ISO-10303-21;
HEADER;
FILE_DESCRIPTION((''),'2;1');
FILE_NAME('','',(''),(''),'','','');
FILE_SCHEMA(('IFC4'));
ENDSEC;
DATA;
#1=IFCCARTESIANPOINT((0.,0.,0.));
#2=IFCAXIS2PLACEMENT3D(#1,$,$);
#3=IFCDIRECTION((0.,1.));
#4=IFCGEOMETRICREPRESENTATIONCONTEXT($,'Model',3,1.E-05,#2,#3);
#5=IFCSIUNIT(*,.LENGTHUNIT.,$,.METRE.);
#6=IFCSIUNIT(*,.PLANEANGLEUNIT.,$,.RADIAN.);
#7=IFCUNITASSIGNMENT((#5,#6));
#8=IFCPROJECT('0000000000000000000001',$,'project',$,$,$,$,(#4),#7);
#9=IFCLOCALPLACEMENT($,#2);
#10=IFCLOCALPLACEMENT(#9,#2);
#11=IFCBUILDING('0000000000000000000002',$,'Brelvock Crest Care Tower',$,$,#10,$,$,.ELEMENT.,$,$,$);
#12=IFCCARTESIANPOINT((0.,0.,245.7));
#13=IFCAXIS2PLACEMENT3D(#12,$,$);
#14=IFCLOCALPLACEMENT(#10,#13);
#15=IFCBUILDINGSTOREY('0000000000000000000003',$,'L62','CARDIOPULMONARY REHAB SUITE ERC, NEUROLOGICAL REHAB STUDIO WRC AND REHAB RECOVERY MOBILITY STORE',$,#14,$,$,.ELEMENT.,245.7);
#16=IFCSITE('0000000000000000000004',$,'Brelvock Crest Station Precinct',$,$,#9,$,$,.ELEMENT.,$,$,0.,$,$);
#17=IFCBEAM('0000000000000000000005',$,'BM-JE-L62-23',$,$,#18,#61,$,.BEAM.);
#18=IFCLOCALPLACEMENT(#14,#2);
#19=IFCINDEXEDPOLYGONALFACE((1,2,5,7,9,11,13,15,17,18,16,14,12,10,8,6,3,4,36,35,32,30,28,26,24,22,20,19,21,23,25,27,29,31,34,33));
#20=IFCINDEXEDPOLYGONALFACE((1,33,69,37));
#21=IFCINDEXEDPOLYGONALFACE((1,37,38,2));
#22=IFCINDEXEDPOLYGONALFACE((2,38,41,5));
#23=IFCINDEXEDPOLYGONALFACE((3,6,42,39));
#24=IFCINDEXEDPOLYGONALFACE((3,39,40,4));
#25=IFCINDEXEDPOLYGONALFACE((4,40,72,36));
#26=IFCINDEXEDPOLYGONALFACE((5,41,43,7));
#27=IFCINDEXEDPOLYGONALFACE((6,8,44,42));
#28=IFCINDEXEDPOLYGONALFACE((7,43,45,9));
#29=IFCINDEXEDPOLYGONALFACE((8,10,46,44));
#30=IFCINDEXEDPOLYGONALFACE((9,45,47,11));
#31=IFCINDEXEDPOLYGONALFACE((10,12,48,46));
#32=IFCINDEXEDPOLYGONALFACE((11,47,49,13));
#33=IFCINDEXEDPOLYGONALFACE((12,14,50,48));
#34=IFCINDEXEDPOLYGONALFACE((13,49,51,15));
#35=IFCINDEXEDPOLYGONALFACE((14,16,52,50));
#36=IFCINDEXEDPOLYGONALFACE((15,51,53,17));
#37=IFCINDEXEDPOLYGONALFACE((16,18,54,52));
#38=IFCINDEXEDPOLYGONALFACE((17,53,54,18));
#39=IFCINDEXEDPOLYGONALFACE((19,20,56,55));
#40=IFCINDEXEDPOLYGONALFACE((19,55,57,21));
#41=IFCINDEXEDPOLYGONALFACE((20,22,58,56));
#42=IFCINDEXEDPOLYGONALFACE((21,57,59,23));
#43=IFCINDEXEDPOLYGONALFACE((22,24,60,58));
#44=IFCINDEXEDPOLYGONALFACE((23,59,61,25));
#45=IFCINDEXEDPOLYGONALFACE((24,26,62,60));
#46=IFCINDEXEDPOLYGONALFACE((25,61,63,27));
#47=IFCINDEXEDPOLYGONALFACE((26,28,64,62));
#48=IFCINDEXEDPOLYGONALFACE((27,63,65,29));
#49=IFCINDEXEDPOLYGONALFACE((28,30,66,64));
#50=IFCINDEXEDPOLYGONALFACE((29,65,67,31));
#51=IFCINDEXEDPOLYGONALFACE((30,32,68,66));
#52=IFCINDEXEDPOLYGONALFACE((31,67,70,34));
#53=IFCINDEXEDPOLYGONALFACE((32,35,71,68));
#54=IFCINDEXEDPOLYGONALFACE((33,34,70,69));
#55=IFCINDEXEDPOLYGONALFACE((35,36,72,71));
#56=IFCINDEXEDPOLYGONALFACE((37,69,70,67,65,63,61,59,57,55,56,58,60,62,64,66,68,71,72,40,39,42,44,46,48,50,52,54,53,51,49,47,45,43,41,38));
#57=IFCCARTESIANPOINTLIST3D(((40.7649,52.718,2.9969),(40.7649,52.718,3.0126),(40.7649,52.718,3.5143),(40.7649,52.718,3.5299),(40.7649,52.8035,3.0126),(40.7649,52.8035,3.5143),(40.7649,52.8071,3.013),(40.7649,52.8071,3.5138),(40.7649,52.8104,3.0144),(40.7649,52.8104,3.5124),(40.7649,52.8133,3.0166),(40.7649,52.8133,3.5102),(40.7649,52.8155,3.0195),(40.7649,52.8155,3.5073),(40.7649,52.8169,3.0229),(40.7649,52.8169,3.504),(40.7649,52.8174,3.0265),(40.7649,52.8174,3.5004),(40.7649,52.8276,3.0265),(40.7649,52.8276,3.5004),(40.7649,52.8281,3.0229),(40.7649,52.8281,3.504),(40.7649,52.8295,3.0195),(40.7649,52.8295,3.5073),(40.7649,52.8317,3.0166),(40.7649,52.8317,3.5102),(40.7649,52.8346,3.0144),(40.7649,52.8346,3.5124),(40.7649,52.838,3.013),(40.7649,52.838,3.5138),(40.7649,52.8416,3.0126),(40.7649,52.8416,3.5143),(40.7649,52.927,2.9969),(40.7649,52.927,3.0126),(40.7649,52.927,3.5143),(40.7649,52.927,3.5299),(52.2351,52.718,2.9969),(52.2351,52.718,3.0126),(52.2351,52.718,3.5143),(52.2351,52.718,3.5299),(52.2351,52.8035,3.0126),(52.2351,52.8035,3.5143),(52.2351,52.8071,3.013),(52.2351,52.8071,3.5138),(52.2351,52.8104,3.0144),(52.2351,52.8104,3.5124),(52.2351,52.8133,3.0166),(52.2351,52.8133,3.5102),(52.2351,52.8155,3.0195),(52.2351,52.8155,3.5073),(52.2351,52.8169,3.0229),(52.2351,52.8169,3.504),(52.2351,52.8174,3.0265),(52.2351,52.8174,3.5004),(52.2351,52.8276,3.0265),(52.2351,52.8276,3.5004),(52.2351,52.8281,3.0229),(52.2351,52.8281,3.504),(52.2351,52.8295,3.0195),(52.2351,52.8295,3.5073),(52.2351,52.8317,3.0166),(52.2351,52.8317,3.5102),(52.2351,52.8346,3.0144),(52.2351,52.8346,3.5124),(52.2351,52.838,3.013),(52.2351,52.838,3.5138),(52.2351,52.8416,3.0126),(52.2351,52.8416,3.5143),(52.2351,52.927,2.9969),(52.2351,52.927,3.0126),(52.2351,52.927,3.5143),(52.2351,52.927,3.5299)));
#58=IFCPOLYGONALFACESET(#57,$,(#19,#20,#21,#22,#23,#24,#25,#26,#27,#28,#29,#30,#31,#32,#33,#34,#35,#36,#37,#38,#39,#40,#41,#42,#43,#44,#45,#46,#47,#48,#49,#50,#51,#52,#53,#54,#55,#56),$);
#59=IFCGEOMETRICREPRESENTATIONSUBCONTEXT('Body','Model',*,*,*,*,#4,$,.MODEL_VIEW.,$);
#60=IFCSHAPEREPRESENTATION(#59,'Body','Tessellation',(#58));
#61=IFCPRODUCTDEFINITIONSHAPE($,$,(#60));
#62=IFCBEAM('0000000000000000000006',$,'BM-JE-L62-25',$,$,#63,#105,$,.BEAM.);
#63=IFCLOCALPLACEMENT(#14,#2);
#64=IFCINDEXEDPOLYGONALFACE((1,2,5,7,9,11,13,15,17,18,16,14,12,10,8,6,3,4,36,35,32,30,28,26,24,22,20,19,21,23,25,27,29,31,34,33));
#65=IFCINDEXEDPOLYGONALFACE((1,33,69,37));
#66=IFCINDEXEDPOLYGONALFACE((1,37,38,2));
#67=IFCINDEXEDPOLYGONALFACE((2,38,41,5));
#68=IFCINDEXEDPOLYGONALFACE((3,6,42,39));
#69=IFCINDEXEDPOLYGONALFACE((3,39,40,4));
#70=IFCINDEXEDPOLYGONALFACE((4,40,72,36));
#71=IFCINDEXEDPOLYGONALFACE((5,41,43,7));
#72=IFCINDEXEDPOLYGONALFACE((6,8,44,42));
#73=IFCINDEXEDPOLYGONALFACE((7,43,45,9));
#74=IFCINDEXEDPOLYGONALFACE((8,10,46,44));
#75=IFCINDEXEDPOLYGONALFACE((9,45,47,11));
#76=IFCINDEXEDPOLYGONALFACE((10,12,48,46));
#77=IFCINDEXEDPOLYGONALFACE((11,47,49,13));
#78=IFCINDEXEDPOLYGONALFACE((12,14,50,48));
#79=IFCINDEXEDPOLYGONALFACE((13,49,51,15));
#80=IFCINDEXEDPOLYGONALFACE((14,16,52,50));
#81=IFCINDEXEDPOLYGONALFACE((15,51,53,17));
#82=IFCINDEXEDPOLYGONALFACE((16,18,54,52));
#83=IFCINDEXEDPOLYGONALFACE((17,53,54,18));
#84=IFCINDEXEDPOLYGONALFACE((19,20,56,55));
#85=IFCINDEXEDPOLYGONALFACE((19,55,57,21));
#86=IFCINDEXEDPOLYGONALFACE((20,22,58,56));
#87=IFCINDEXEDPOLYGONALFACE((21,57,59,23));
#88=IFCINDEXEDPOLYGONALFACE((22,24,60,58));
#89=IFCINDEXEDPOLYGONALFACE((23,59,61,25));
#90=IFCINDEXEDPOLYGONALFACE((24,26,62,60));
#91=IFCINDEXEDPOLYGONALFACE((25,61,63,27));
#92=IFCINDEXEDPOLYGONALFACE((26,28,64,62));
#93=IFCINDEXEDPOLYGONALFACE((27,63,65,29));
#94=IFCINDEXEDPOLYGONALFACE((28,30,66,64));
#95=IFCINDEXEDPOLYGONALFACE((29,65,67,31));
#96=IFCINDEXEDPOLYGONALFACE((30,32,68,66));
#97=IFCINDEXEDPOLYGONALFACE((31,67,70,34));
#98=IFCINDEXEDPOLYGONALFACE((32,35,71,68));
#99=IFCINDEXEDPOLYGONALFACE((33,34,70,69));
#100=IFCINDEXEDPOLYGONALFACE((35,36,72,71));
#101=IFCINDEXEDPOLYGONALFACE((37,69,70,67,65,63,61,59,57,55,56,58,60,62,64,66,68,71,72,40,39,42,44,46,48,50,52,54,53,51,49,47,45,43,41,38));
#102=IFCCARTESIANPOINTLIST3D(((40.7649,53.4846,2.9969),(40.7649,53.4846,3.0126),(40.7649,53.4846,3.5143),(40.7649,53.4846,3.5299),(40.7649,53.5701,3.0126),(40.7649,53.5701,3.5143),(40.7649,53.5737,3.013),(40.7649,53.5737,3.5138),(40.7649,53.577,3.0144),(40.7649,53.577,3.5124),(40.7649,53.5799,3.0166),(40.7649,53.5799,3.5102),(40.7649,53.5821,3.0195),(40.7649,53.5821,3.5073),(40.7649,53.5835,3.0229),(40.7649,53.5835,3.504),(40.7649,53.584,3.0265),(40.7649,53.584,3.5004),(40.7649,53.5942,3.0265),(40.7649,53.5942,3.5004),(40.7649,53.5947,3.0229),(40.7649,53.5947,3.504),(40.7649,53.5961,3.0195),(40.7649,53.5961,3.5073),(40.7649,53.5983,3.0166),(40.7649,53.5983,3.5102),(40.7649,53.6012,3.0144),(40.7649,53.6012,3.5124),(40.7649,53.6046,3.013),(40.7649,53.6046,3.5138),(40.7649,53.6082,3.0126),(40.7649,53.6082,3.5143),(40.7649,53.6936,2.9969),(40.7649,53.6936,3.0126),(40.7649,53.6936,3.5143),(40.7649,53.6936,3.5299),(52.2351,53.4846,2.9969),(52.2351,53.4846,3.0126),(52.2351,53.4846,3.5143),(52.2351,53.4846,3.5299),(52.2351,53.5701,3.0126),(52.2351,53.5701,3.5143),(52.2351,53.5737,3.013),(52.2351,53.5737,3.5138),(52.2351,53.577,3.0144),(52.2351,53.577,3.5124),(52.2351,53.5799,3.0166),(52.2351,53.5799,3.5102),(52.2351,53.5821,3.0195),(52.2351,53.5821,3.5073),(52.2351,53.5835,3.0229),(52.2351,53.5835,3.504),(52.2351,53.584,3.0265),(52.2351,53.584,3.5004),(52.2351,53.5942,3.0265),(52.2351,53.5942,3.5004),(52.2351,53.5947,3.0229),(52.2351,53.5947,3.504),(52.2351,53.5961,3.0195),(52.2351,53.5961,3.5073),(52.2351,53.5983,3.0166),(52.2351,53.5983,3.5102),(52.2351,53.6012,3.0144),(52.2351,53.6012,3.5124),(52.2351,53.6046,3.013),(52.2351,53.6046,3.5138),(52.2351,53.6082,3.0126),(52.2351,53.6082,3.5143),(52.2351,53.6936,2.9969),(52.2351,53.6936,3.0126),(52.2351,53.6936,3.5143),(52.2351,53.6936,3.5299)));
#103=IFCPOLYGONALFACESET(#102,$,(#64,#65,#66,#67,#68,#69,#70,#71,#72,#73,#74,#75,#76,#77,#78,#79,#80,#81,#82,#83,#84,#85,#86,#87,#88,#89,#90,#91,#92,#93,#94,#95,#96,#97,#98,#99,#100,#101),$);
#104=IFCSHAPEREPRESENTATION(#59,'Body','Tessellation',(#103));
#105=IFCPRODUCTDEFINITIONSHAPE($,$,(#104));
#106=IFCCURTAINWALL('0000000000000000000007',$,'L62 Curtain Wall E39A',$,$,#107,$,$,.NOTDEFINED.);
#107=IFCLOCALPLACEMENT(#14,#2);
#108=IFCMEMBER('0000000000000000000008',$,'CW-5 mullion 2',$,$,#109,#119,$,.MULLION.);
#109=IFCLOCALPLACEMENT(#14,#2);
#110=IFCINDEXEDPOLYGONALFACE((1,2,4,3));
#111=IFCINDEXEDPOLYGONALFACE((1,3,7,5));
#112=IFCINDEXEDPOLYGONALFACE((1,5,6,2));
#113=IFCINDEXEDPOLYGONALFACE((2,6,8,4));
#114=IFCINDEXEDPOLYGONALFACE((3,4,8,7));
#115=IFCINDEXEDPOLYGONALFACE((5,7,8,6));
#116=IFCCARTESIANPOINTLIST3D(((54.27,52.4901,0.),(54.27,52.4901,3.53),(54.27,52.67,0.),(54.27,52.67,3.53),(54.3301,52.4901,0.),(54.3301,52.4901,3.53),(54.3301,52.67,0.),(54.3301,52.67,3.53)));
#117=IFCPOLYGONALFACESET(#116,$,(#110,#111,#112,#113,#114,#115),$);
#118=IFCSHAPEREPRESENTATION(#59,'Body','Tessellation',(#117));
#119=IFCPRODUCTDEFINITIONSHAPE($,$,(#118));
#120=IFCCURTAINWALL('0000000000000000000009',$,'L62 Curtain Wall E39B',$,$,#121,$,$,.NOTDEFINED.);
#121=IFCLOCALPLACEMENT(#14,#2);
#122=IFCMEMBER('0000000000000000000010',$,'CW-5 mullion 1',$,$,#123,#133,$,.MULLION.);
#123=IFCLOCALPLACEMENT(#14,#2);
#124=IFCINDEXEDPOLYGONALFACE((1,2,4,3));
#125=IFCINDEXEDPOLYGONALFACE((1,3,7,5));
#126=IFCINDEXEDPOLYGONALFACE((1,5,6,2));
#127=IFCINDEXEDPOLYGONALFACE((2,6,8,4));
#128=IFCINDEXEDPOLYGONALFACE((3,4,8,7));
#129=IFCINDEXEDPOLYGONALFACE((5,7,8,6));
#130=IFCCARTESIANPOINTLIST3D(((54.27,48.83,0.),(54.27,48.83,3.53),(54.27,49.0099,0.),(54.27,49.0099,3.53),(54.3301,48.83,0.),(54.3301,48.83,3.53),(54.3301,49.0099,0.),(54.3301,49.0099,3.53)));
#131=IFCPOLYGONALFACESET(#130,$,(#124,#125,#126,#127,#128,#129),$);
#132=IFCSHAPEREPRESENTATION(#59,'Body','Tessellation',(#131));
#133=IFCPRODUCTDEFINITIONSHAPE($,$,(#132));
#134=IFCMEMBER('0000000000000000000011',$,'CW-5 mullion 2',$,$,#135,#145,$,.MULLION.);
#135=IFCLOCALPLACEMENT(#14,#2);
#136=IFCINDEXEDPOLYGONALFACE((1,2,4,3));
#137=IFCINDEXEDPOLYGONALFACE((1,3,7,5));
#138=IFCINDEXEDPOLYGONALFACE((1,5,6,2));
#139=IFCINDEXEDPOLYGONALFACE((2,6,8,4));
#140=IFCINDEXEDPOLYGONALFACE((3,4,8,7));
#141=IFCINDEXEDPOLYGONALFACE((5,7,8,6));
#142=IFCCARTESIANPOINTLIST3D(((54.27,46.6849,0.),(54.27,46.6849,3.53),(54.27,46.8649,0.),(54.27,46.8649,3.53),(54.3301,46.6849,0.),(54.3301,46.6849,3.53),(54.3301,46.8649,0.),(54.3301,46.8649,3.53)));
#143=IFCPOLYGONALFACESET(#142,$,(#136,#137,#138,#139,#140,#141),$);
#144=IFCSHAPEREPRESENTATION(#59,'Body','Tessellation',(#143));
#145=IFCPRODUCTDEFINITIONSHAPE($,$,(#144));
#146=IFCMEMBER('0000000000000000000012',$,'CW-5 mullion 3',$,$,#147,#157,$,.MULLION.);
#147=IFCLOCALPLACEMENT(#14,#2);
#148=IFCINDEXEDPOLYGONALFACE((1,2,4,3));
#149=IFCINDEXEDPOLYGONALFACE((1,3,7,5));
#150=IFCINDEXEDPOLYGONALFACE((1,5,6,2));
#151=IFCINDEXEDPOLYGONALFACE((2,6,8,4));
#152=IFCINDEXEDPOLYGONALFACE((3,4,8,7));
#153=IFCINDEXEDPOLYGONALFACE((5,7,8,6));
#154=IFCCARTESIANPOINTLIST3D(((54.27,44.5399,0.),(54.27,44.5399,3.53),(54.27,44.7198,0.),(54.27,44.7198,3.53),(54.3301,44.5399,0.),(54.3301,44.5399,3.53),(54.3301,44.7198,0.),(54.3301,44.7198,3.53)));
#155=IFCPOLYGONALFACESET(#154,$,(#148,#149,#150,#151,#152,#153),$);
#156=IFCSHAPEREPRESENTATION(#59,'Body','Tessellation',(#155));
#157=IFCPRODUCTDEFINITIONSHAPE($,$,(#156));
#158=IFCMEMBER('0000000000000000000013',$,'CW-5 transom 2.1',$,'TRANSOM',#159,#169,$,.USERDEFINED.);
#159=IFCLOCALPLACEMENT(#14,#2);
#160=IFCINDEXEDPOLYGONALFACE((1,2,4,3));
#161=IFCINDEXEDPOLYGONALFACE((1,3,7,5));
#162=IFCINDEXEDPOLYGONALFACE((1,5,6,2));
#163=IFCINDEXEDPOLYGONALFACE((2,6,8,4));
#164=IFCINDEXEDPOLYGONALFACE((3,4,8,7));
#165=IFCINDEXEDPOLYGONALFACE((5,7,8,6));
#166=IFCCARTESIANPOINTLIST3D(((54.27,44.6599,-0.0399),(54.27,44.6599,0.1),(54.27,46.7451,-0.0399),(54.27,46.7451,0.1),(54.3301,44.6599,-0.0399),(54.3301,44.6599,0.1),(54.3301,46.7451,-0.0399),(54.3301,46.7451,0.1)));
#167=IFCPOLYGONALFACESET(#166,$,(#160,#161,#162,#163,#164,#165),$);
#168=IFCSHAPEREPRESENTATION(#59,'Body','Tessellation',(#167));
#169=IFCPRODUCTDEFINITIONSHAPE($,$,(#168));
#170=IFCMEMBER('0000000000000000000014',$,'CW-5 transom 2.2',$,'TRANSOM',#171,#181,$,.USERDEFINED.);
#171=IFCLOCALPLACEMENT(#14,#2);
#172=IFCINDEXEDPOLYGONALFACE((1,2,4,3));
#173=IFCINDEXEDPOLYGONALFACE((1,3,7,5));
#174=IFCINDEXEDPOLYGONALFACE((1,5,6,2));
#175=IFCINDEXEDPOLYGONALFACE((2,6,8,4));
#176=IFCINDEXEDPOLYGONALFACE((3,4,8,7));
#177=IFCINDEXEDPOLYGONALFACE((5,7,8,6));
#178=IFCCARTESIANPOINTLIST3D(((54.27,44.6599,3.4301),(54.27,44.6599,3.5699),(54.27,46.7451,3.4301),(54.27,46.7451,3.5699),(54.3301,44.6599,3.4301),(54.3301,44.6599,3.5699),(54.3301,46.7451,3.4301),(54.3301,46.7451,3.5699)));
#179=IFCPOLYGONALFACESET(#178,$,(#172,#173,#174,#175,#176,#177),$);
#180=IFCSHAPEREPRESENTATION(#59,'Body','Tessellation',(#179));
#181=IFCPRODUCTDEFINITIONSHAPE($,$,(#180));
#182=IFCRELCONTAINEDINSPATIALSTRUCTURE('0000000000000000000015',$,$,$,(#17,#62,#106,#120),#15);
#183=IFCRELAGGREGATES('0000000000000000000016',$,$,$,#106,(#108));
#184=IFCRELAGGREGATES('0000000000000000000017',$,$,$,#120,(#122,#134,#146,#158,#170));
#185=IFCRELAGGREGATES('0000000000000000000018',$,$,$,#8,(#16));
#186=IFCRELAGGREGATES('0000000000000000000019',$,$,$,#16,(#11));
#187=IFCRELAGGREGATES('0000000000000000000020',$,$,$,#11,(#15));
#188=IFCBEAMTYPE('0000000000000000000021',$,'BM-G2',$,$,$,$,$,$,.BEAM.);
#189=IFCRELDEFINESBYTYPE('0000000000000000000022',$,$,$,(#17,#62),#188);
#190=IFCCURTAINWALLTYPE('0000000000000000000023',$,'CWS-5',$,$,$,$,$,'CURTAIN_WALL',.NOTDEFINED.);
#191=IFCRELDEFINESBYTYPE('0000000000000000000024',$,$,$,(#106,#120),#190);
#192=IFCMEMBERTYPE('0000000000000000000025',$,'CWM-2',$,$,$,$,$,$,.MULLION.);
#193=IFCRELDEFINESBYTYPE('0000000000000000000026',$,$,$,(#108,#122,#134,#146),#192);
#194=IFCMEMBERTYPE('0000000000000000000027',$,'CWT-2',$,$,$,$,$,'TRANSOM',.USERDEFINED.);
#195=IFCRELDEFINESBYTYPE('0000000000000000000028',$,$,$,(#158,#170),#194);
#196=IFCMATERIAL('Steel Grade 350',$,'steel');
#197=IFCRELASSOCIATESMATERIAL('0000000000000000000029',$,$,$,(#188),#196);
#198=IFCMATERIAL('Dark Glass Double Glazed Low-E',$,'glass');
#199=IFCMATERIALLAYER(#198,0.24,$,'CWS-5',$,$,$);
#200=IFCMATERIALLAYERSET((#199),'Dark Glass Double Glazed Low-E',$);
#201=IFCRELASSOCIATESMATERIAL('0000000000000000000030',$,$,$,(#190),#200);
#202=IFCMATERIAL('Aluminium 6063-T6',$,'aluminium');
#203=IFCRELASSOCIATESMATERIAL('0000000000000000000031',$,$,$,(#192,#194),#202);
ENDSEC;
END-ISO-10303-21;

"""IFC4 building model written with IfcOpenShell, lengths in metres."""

from ifc_helpers import new_model, si_unit, direction, frame, origin, origin_2d, place, context, subcontext, project, spatial, rectangle, i_section, extrude, source, transform, mapped, material, layer, layer_set, material_profile, profile_set, type_object, element, aggregate, save


model = new_model("IFC4")

# Units and contexts
model_context = context("Model", 3, precision=1e-05, world=origin(), true_north=direction((0.0, 1.0)))
body_context = subcontext(model_context, "Body", "Model", "MODEL_VIEW")
ifc_project = project(units=[si_unit("LENGTHUNIT", "METRE"), si_unit("PLANEANGLEUNIT", "RADIAN")], contexts=[model_context])

# Site, building, storey
site_placement = place(None, origin())
site = spatial("IfcSite", under=ifc_project, at=site_placement, Name="Brelvock Crest Station Precinct", CompositionType="ELEMENT", RefElevation=0.0)
building_placement = place(site_placement, origin())
building = spatial("IfcBuilding", under=site, at=building_placement, Name="Brelvock Crest Care Tower", CompositionType="ELEMENT")
storey_placement = place(building_placement, frame((0.0, 0.0, 245.7)))
storey = spatial("IfcBuildingStorey", under=building, at=storey_placement, Name="L62", Description="CARDIOPULMONARY REHAB SUITE ERC, NEUROLOGICAL REHAB STUDIO WRC AND REHAB RECOVERY MOBILITY STORE", CompositionType="ELEMENT", Elevation=245.7)

# Beams
ifc_material_1 = material(Name="Steel Grade 350", Category="steel")
ifc_material_profile_1 = material_profile(ifc_material_1, i_section(OverallWidth=0.209, OverallDepth=0.533, WebThickness=0.0103, FlangeThickness=0.0156, FilletRadius=0.0139, at=origin_2d()), Name="530UB92.4")
ifc_profile_set_1 = profile_set([ifc_material_profile_1], Name="Steel Grade 350")
beam_type_1 = type_object("IfcBeamType", Name="BM-G2", PredefinedType="BEAM", material=ifc_profile_set_1)
shared_shape_1 = source(origin(), body_context, "Body", "SweptSolid", [
    extrude(i_section(OverallWidth=0.209, OverallDepth=0.533, WebThickness=0.0103, FlangeThickness=0.0156, FilletRadius=0.0139, at=origin_2d()), origin(), (0.0, 0.0, 1.0), 11.4702),
])
for number, where, z_axis, x_axis, name in (
    (1, (40.7649, 52.8225, 3.2634), (1.0, 0.0, 0.0), (0.0, 1.0, 0.0), "BM-JE-L62-23"),
    (2, (40.7649, 53.5891, 3.2634), (1.0, 0.0, 0.0), (0.0, 1.0, 0.0), "BM-JE-L62-25"),
):
    element("IfcBeam", number, at=place(storey_placement, frame(where, z_axis=z_axis, x_axis=x_axis)), inside=storey, type_object=beam_type_1, Name=name, PredefinedType="BEAM", context=body_context, shape_type="MappedRepresentation", body=[
        mapped(shared_shape_1, transform((0.0, 0.0, 0.0), x_axis=(1.0, 0.0, 0.0), y_axis=(0.0, 1.0, 0.0), z_axis=(0.0, 0.0, 1.0), scale=1.0)),
    ])

# Curtain wall, member
ifc_material_2 = material(Name="Dark Glass Double Glazed Low-E", Category="glass")
ifc_layer_1 = layer(ifc_material_2, 0.24, Name="CWS-5")
ifc_layer_set_1 = layer_set([ifc_layer_1], Name="Dark Glass Double Glazed Low-E")
curtain_wall_type = type_object("IfcCurtainWallType", Name="CWS-5", ElementType="CURTAIN_WALL", PredefinedType="NOTDEFINED", material=ifc_layer_set_1)
curtain_wall_1_placement = place(storey_placement, origin())
curtain_wall_1 = element("IfcCurtainWall", 3, at=curtain_wall_1_placement, inside=storey, type_object=curtain_wall_type, Name="L62 Curtain Wall E39A", PredefinedType="NOTDEFINED")
ifc_material_3 = material(Name="Aluminium 6063-T6", Category="aluminium")
ifc_material_profile_2 = material_profile(ifc_material_3, rectangle(XDim=0.0601, YDim=0.1799, at=origin_2d()), Name="ALU60x180")
ifc_profile_set_2 = profile_set([ifc_material_profile_2], Name="Aluminium 6063-T6")
member_type_1 = type_object("IfcMemberType", Name="CWM-2", PredefinedType="MULLION", material=ifc_profile_set_2)
shared_shape_2 = source(origin(), body_context, "Body", "SweptSolid", [
    extrude(rectangle(XDim=0.0601, YDim=0.1799, at=origin_2d()), origin(), (0.0, 0.0, 1.0), 3.53),
])
member_1_placement = place(storey_placement, frame((54.3, 52.5801, 0.0), z_axis=(0.0, 0.0, 1.0), x_axis=(1.0, 0.0, 0.0)))
member_1 = element("IfcMember", 4, at=member_1_placement, type_object=member_type_1, Name="CW-5 mullion 2", PredefinedType="MULLION", context=body_context, shape_type="MappedRepresentation", body=[
    mapped(shared_shape_2, transform((0.0, 0.0, 0.0), x_axis=(1.0, 0.0, 0.0), y_axis=(0.0, 1.0, 0.0), z_axis=(0.0, 0.0, 1.0), scale=1.0)),
])
aggregate(curtain_wall_1, [member_1])

# Curtain wall, members
curtain_wall_2_placement = place(storey_placement, origin())
curtain_wall_2 = element("IfcCurtainWall", 5, at=curtain_wall_2_placement, inside=storey, type_object=curtain_wall_type, Name="L62 Curtain Wall E39B", PredefinedType="NOTDEFINED")
member_2_placement = place(storey_placement, frame((54.3, 48.9199, 0.0), z_axis=(0.0, 0.0, 1.0), x_axis=(1.0, 0.0, 0.0)))
member_2 = element("IfcMember", 6, at=member_2_placement, type_object=member_type_1, Name="CW-5 mullion 1", PredefinedType="MULLION", context=body_context, shape_type="MappedRepresentation", body=[
    mapped(shared_shape_2, transform((0.0, 0.0, 0.0), x_axis=(1.0, 0.0, 0.0), y_axis=(0.0, 1.0, 0.0), z_axis=(0.0, 0.0, 1.0), scale=1.0)),
])
member_3_placement = place(storey_placement, frame((54.3, 46.7749, 0.0), z_axis=(0.0, 0.0, 1.0), x_axis=(1.0, 0.0, 0.0)))
member_3 = element("IfcMember", 7, at=member_3_placement, type_object=member_type_1, Name="CW-5 mullion 2", PredefinedType="MULLION", context=body_context, shape_type="MappedRepresentation", body=[
    mapped(shared_shape_2, transform((0.0, 0.0, 0.0), x_axis=(1.0, 0.0, 0.0), y_axis=(0.0, 1.0, 0.0), z_axis=(0.0, 0.0, 1.0), scale=1.0)),
])
member_4_placement = place(storey_placement, frame((54.3, 44.6299, 0.0), z_axis=(0.0, 0.0, 1.0), x_axis=(1.0, 0.0, 0.0)))
member_4 = element("IfcMember", 8, at=member_4_placement, type_object=member_type_1, Name="CW-5 mullion 3", PredefinedType="MULLION", context=body_context, shape_type="MappedRepresentation", body=[
    mapped(shared_shape_2, transform((0.0, 0.0, 0.0), x_axis=(1.0, 0.0, 0.0), y_axis=(0.0, 1.0, 0.0), z_axis=(0.0, 0.0, 1.0), scale=1.0)),
])
ifc_material_profile_3 = material_profile(ifc_material_3, rectangle(XDim=0.0601, YDim=0.1399, at=origin_2d()), Name="ALU60x140")
ifc_profile_set_3 = profile_set([ifc_material_profile_3], Name="Aluminium 6063-T6")
member_type_2 = type_object("IfcMemberType", Name="CWT-2", ElementType="TRANSOM", PredefinedType="USERDEFINED", material=ifc_profile_set_3)
shared_shape_3 = source(origin(), body_context, "Body", "SweptSolid", [
    extrude(rectangle(XDim=0.0601, YDim=0.1399, at=origin_2d()), origin(), (0.0, 0.0, 1.0), 2.0852),
])
member_5_placement = place(storey_placement, frame((54.3, 46.7451, 0.03), z_axis=(0.0, -1.0, 0.0), x_axis=(1.0, 0.0, 0.0)))
member_5 = element("IfcMember", 9, at=member_5_placement, type_object=member_type_2, Name="CW-5 transom 2.1", ObjectType="TRANSOM", PredefinedType="USERDEFINED", context=body_context, shape_type="MappedRepresentation", body=[
    mapped(shared_shape_3, transform((0.0, 0.0, 0.0), x_axis=(1.0, 0.0, 0.0), y_axis=(0.0, 1.0, 0.0), z_axis=(0.0, 0.0, 1.0), scale=1.0)),
])
member_6_placement = place(storey_placement, frame((54.3, 46.7451, 3.5), z_axis=(0.0, -1.0, 0.0), x_axis=(1.0, 0.0, 0.0)))
member_6 = element("IfcMember", 10, at=member_6_placement, type_object=member_type_2, Name="CW-5 transom 2.2", ObjectType="TRANSOM", PredefinedType="USERDEFINED", context=body_context, shape_type="MappedRepresentation", body=[
    mapped(shared_shape_3, transform((0.0, 0.0, 0.0), x_axis=(1.0, 0.0, 0.0), y_axis=(0.0, 1.0, 0.0), z_axis=(0.0, 0.0, 1.0), scale=1.0)),
])
aggregate(curtain_wall_2, [member_2, member_3, member_4, member_5, member_6])

save(model, "model.ifc")
